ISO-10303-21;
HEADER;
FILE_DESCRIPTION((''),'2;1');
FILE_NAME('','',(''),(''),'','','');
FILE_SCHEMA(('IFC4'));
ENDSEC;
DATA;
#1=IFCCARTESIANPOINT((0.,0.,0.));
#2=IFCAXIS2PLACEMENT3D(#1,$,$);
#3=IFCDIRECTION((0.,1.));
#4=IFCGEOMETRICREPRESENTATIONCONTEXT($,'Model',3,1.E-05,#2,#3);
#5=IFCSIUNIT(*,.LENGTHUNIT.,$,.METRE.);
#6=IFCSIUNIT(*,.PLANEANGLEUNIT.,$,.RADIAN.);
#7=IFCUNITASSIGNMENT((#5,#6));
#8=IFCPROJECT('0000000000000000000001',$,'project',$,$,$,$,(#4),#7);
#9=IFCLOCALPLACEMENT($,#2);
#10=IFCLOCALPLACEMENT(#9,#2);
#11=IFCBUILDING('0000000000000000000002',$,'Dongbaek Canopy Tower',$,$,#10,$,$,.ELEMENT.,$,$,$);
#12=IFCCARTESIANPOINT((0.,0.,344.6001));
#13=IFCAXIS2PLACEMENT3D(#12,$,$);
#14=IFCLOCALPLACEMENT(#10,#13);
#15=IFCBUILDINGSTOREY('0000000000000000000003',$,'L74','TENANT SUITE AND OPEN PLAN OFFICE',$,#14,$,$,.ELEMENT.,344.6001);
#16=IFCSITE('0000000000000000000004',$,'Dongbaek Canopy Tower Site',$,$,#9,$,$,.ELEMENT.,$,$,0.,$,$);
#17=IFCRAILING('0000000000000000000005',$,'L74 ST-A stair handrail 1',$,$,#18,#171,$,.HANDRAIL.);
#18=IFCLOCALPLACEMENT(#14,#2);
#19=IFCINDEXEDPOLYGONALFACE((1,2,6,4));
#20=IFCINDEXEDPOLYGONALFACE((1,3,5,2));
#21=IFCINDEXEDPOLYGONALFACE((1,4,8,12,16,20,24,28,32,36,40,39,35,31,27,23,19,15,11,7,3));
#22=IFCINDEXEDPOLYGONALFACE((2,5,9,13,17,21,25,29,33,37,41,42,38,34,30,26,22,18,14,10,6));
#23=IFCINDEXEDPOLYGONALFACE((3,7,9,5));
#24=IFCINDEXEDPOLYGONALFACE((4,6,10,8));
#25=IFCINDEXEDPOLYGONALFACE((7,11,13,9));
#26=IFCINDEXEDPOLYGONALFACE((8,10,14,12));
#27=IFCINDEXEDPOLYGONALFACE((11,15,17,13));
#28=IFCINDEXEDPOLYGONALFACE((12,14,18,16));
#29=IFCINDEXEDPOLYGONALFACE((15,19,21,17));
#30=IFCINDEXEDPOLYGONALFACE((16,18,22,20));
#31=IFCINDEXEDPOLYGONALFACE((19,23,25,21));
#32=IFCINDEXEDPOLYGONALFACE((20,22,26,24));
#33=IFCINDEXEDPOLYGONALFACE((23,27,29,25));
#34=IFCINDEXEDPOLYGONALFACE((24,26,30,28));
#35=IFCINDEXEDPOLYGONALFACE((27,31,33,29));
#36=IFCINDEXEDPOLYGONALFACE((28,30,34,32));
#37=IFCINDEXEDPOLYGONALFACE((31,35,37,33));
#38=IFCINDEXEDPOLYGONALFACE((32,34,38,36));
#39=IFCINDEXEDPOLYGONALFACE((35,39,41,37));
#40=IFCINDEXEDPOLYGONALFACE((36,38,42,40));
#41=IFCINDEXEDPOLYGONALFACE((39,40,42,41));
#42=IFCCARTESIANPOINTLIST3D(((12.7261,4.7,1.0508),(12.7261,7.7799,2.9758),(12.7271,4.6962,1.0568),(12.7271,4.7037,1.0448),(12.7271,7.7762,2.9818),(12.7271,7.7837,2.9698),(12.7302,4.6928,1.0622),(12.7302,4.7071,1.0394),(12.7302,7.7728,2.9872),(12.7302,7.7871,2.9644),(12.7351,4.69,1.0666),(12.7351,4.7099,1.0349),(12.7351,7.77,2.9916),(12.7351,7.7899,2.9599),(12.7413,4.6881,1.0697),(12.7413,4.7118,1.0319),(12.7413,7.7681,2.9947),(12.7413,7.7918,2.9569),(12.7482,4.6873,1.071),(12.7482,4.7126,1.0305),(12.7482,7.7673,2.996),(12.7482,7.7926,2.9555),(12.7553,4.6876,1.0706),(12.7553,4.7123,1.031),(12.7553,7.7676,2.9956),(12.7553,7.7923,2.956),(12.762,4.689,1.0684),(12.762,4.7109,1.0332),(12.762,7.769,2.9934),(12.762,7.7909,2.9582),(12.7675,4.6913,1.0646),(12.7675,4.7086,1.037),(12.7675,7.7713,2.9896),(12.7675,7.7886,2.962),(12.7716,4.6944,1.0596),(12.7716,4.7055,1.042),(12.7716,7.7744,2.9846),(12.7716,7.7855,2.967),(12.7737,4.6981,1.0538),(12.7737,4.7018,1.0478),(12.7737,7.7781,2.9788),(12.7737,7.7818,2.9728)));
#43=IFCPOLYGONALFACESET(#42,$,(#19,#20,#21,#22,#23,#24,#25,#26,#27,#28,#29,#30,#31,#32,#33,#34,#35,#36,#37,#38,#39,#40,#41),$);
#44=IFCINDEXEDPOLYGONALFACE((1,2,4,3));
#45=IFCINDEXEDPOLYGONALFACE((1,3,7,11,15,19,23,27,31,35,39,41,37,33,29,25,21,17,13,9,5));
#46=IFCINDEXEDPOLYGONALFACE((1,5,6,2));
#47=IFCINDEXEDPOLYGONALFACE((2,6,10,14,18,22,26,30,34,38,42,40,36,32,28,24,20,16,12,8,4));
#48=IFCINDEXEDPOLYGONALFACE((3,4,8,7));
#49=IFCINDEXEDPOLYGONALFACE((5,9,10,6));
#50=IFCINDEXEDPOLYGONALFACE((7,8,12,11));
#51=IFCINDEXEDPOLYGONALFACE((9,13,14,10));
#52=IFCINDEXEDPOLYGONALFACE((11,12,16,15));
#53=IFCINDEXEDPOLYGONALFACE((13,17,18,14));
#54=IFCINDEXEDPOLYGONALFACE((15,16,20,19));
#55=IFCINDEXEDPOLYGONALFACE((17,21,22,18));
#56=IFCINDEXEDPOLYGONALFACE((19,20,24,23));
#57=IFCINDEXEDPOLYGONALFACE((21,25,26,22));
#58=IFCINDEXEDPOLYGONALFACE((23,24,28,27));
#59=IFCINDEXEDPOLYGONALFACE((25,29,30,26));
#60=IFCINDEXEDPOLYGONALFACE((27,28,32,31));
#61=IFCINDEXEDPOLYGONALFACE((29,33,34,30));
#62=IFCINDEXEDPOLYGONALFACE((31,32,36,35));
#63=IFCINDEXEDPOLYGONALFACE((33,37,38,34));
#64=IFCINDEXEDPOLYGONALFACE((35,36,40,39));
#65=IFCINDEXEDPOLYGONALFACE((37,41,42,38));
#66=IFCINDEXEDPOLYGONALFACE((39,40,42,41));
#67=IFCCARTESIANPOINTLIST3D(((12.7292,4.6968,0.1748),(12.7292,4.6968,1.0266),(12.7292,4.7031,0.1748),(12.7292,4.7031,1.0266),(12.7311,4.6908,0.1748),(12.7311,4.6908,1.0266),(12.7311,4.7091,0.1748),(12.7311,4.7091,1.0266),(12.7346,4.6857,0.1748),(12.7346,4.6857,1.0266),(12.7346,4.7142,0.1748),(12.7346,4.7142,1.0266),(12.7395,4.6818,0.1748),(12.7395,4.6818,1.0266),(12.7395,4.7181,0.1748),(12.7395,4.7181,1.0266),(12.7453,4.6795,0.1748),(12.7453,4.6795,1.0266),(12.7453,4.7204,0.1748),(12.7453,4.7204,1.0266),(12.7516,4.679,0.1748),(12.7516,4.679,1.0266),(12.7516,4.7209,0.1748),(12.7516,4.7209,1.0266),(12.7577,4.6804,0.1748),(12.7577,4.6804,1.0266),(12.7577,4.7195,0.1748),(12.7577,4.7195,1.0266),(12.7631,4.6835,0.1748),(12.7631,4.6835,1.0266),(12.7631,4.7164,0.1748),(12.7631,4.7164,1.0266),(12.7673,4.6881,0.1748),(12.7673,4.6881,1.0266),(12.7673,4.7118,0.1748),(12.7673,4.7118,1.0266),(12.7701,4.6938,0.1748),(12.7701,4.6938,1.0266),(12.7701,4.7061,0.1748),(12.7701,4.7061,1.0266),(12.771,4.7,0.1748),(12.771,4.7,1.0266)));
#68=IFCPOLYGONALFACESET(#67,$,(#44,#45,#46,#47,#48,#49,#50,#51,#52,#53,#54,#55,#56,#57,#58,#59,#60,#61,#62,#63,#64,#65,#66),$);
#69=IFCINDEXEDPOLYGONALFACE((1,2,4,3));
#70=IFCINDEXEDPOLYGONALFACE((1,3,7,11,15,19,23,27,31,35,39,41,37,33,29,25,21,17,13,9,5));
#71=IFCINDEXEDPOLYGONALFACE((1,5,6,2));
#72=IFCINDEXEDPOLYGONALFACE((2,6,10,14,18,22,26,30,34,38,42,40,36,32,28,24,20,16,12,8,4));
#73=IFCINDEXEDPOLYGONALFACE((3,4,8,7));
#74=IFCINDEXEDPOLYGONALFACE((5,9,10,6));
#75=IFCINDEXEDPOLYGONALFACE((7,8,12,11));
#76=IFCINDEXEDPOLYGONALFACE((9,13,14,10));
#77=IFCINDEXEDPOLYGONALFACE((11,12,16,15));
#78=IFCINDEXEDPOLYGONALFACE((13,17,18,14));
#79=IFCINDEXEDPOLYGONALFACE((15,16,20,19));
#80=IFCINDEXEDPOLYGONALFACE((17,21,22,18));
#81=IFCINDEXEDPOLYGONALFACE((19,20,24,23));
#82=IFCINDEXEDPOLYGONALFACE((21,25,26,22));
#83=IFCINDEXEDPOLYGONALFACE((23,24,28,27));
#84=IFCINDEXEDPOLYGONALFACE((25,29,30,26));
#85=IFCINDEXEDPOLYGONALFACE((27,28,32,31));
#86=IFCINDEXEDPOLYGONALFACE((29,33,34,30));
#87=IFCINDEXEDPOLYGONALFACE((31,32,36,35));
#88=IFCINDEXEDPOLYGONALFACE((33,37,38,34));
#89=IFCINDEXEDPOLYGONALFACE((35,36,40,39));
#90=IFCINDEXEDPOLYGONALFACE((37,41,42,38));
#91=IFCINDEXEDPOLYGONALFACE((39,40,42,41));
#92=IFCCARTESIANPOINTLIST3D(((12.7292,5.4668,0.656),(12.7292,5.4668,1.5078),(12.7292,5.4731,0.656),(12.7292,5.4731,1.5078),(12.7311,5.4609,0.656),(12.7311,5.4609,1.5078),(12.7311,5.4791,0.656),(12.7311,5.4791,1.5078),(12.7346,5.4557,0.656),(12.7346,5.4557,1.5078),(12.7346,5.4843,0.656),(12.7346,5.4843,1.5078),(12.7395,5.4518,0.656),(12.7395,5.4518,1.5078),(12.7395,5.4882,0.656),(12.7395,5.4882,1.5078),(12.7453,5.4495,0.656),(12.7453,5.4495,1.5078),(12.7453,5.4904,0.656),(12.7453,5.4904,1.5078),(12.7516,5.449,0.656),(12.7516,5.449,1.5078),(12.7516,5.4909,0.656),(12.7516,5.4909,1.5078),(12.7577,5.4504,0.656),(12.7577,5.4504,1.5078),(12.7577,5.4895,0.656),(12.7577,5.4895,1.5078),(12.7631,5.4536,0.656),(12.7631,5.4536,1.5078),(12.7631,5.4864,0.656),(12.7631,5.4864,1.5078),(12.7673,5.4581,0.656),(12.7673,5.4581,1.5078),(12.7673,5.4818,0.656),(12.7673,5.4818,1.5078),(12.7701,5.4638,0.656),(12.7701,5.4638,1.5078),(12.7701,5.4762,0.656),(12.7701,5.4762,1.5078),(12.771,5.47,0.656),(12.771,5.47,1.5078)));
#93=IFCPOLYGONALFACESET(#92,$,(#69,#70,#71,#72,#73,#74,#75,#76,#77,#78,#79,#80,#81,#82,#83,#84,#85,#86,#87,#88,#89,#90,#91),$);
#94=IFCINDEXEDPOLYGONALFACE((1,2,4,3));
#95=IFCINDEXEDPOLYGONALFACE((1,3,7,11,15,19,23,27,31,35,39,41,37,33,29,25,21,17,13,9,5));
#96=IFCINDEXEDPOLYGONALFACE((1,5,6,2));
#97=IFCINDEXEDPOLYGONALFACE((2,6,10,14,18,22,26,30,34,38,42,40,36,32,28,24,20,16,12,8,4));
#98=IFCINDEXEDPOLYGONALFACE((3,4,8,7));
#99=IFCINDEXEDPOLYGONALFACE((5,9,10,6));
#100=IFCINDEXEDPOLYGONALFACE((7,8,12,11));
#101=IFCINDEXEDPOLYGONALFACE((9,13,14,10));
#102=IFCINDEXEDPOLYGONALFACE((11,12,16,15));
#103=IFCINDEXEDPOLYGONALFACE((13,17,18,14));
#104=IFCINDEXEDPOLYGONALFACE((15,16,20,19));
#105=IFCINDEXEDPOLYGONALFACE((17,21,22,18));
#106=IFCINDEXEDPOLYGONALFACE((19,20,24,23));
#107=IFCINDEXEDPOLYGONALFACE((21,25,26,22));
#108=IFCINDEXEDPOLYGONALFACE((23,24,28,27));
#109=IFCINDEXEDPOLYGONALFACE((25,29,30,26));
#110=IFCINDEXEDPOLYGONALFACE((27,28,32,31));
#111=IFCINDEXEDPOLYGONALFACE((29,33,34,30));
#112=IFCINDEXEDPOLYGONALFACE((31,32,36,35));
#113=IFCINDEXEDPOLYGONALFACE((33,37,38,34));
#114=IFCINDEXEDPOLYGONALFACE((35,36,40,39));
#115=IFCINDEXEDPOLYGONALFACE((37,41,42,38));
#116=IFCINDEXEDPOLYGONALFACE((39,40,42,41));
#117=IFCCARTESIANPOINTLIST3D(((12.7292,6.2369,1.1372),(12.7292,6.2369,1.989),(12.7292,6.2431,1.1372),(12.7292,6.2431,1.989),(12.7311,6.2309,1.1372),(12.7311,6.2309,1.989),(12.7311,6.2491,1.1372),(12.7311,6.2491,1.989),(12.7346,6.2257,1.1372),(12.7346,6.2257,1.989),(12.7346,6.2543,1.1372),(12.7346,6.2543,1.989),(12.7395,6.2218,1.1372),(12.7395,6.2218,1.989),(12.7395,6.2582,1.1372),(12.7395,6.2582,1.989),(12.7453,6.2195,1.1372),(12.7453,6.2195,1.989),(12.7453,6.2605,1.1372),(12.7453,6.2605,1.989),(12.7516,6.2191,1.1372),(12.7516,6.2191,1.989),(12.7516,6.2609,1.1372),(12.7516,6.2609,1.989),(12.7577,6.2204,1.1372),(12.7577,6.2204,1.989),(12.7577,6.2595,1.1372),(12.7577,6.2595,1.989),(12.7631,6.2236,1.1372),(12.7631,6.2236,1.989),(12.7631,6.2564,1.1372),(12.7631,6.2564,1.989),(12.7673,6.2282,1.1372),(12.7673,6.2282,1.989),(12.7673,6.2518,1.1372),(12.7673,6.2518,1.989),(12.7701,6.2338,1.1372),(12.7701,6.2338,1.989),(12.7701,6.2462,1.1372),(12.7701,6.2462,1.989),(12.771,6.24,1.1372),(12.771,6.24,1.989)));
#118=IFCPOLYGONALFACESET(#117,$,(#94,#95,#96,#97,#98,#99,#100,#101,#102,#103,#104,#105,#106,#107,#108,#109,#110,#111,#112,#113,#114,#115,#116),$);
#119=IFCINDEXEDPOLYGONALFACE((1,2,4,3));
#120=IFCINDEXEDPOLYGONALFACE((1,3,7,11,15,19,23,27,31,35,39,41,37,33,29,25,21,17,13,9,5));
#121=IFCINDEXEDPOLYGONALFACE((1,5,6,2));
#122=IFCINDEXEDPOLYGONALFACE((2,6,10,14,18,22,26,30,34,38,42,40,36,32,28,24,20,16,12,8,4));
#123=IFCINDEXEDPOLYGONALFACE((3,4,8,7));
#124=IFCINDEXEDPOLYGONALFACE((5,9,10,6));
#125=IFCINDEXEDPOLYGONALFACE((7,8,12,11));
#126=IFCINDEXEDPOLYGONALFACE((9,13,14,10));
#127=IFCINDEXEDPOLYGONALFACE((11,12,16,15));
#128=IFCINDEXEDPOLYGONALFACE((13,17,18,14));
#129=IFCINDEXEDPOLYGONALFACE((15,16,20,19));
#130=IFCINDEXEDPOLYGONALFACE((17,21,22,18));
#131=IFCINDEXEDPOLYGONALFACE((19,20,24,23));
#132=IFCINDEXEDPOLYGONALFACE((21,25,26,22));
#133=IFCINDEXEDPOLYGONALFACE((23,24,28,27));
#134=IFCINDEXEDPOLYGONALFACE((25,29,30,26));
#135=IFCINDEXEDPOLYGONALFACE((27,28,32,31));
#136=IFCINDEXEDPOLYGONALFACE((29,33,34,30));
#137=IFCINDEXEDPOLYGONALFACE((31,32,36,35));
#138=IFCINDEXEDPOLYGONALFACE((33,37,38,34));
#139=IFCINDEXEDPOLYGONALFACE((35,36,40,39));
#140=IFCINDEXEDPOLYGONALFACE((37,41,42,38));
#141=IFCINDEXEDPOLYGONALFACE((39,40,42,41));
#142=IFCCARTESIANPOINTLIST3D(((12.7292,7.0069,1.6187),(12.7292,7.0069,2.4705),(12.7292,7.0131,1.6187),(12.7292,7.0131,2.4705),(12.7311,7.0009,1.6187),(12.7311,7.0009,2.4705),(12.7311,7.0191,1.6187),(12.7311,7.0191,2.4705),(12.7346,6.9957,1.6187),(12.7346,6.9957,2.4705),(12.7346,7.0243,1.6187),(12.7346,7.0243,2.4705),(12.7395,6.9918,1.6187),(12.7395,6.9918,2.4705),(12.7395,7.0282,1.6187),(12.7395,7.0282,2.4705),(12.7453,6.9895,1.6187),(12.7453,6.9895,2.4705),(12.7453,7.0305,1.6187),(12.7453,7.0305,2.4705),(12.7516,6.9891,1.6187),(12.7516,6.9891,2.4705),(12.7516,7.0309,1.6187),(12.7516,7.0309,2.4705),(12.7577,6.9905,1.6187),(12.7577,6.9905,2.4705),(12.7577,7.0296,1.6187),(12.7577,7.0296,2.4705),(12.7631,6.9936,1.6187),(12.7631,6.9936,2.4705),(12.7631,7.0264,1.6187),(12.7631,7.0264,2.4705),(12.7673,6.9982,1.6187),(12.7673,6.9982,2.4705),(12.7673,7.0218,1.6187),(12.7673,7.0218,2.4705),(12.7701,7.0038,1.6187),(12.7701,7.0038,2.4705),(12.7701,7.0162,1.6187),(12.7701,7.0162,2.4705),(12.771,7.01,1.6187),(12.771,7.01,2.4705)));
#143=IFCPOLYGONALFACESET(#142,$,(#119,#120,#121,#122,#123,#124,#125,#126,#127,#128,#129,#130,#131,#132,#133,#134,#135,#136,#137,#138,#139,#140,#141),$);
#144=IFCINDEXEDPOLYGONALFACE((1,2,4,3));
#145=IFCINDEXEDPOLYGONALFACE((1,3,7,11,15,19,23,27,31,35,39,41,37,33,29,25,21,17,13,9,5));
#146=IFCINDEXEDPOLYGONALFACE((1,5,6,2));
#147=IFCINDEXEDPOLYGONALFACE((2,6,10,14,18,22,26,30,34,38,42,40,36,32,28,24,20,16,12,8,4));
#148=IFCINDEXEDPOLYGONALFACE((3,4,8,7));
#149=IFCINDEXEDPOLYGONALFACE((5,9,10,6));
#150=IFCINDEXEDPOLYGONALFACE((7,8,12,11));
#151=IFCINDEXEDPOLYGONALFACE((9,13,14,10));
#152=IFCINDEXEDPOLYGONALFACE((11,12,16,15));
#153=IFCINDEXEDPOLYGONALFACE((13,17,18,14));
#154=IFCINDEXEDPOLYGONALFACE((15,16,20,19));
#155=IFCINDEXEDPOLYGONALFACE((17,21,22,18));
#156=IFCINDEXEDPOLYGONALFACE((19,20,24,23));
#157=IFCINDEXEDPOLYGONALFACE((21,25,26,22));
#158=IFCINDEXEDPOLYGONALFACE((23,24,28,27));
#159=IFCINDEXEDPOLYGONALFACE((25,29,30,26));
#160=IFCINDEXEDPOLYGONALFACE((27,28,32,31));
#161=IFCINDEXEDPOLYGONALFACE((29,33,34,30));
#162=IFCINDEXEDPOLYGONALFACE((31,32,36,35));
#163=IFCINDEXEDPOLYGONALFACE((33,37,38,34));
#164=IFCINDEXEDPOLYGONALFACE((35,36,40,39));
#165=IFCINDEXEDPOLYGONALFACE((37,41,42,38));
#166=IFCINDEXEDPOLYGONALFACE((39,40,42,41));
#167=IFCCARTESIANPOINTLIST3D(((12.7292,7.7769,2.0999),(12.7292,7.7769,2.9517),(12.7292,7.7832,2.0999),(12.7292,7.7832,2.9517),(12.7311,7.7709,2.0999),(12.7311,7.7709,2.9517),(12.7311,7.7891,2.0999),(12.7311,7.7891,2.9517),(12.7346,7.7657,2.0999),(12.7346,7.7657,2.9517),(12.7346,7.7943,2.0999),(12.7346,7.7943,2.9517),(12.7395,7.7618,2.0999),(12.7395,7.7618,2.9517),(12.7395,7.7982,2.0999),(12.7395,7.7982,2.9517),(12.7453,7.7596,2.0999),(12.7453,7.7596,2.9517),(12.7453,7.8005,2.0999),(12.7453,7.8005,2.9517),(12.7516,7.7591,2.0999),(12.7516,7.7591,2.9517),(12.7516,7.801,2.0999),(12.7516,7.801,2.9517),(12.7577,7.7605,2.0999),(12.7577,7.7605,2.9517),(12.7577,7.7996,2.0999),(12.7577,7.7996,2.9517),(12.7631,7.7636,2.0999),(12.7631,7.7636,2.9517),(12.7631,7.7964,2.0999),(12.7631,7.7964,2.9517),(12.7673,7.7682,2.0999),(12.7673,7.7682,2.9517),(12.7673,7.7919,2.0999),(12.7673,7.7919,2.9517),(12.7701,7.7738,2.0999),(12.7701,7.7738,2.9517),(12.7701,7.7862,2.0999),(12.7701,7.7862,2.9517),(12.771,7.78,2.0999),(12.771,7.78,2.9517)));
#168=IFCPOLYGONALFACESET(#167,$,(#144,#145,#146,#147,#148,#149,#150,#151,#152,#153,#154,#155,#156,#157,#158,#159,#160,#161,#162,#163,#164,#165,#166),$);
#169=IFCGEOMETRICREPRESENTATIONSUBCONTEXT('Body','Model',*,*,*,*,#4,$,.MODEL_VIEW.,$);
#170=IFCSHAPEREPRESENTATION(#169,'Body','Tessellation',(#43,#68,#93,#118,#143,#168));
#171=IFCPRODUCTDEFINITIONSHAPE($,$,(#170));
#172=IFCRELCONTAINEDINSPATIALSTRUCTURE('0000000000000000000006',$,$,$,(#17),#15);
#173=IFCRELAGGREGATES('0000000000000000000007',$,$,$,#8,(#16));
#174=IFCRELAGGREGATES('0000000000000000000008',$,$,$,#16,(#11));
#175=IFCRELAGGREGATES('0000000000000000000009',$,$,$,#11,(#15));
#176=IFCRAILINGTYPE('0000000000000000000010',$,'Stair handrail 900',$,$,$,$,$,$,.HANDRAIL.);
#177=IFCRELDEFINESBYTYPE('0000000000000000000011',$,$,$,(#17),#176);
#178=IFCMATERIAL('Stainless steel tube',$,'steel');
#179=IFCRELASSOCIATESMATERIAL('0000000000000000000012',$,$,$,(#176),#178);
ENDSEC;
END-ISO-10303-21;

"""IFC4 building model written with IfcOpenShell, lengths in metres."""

from ifc_helpers import new_model, si_unit, direction, frame, origin, origin_2d, place, context, subcontext, project, spatial, circle, extrude, material, type_object, element, save


model = new_model("IFC4")

# Units and contexts
model_context = context("Model", 3, precision=1e-05, world=origin(), true_north=direction((0.0, 1.0)))
body_context = subcontext(model_context, "Body", "Model", "MODEL_VIEW")
ifc_project = project(units=[si_unit("LENGTHUNIT", "METRE"), si_unit("PLANEANGLEUNIT", "RADIAN")], contexts=[model_context])

# Site, building, storey
site_placement = place(None, origin())
site = spatial("IfcSite", under=ifc_project, at=site_placement, Name="Dongbaek Canopy Tower Site", CompositionType="ELEMENT", RefElevation=0.0)
building_placement = place(site_placement, origin())
building = spatial("IfcBuilding", under=site, at=building_placement, Name="Dongbaek Canopy Tower", CompositionType="ELEMENT")
storey_placement = place(building_placement, frame((0.0, 0.0, 344.6001)))
storey = spatial("IfcBuildingStorey", under=building, at=storey_placement, Name="L74", Description="TENANT SUITE AND OPEN PLAN OFFICE", CompositionType="ELEMENT", Elevation=344.6001)

# Railing
ifc_material_1 = material(Name="Stainless steel tube", Category="steel")
railing_type_1 = type_object("IfcRailingType", Name="Stair handrail 900", PredefinedType="HANDRAIL", material=ifc_material_1)
railing_1_placement = place(storey_placement, frame((12.75, 4.7, 0.1748)))
element("IfcRailing", 1, at=railing_1_placement, inside=storey, type_object=railing_type_1, Name="L74 ST-A stair handrail 1", PredefinedType="HANDRAIL", context=body_context, shape_type="SweptSolid", body=[
    extrude(circle(Radius=0.0239, at=origin_2d()), frame((0.0, 0.0, 0.876), z_axis=(0.0, 0.847998, 0.529999), x_axis=(-1.0, 0.0, 0.0)), (0.0, 0.0, 1.0), 3.6321),
    extrude(circle(Radius=0.021, at=origin_2d()), origin(), (0.0, 0.0, 1.0), 0.8518),
    extrude(circle(Radius=0.021, at=origin_2d()), frame((0.0, 0.77, 0.4812)), (0.0, 0.0, 1.0), 0.8518),
    extrude(circle(Radius=0.021, at=origin_2d()), frame((0.0, 1.54, 0.9624)), (0.0, 0.0, 1.0), 0.8518),
    extrude(circle(Radius=0.021, at=origin_2d()), frame((0.0, 2.3101, 1.4438)), (0.0, 0.0, 1.0), 0.8518),
    extrude(circle(Radius=0.021, at=origin_2d()), frame((0.0, 3.0801, 1.925)), (0.0, 0.0, 1.0), 0.8518),
])

save(model, "model.ifc")
